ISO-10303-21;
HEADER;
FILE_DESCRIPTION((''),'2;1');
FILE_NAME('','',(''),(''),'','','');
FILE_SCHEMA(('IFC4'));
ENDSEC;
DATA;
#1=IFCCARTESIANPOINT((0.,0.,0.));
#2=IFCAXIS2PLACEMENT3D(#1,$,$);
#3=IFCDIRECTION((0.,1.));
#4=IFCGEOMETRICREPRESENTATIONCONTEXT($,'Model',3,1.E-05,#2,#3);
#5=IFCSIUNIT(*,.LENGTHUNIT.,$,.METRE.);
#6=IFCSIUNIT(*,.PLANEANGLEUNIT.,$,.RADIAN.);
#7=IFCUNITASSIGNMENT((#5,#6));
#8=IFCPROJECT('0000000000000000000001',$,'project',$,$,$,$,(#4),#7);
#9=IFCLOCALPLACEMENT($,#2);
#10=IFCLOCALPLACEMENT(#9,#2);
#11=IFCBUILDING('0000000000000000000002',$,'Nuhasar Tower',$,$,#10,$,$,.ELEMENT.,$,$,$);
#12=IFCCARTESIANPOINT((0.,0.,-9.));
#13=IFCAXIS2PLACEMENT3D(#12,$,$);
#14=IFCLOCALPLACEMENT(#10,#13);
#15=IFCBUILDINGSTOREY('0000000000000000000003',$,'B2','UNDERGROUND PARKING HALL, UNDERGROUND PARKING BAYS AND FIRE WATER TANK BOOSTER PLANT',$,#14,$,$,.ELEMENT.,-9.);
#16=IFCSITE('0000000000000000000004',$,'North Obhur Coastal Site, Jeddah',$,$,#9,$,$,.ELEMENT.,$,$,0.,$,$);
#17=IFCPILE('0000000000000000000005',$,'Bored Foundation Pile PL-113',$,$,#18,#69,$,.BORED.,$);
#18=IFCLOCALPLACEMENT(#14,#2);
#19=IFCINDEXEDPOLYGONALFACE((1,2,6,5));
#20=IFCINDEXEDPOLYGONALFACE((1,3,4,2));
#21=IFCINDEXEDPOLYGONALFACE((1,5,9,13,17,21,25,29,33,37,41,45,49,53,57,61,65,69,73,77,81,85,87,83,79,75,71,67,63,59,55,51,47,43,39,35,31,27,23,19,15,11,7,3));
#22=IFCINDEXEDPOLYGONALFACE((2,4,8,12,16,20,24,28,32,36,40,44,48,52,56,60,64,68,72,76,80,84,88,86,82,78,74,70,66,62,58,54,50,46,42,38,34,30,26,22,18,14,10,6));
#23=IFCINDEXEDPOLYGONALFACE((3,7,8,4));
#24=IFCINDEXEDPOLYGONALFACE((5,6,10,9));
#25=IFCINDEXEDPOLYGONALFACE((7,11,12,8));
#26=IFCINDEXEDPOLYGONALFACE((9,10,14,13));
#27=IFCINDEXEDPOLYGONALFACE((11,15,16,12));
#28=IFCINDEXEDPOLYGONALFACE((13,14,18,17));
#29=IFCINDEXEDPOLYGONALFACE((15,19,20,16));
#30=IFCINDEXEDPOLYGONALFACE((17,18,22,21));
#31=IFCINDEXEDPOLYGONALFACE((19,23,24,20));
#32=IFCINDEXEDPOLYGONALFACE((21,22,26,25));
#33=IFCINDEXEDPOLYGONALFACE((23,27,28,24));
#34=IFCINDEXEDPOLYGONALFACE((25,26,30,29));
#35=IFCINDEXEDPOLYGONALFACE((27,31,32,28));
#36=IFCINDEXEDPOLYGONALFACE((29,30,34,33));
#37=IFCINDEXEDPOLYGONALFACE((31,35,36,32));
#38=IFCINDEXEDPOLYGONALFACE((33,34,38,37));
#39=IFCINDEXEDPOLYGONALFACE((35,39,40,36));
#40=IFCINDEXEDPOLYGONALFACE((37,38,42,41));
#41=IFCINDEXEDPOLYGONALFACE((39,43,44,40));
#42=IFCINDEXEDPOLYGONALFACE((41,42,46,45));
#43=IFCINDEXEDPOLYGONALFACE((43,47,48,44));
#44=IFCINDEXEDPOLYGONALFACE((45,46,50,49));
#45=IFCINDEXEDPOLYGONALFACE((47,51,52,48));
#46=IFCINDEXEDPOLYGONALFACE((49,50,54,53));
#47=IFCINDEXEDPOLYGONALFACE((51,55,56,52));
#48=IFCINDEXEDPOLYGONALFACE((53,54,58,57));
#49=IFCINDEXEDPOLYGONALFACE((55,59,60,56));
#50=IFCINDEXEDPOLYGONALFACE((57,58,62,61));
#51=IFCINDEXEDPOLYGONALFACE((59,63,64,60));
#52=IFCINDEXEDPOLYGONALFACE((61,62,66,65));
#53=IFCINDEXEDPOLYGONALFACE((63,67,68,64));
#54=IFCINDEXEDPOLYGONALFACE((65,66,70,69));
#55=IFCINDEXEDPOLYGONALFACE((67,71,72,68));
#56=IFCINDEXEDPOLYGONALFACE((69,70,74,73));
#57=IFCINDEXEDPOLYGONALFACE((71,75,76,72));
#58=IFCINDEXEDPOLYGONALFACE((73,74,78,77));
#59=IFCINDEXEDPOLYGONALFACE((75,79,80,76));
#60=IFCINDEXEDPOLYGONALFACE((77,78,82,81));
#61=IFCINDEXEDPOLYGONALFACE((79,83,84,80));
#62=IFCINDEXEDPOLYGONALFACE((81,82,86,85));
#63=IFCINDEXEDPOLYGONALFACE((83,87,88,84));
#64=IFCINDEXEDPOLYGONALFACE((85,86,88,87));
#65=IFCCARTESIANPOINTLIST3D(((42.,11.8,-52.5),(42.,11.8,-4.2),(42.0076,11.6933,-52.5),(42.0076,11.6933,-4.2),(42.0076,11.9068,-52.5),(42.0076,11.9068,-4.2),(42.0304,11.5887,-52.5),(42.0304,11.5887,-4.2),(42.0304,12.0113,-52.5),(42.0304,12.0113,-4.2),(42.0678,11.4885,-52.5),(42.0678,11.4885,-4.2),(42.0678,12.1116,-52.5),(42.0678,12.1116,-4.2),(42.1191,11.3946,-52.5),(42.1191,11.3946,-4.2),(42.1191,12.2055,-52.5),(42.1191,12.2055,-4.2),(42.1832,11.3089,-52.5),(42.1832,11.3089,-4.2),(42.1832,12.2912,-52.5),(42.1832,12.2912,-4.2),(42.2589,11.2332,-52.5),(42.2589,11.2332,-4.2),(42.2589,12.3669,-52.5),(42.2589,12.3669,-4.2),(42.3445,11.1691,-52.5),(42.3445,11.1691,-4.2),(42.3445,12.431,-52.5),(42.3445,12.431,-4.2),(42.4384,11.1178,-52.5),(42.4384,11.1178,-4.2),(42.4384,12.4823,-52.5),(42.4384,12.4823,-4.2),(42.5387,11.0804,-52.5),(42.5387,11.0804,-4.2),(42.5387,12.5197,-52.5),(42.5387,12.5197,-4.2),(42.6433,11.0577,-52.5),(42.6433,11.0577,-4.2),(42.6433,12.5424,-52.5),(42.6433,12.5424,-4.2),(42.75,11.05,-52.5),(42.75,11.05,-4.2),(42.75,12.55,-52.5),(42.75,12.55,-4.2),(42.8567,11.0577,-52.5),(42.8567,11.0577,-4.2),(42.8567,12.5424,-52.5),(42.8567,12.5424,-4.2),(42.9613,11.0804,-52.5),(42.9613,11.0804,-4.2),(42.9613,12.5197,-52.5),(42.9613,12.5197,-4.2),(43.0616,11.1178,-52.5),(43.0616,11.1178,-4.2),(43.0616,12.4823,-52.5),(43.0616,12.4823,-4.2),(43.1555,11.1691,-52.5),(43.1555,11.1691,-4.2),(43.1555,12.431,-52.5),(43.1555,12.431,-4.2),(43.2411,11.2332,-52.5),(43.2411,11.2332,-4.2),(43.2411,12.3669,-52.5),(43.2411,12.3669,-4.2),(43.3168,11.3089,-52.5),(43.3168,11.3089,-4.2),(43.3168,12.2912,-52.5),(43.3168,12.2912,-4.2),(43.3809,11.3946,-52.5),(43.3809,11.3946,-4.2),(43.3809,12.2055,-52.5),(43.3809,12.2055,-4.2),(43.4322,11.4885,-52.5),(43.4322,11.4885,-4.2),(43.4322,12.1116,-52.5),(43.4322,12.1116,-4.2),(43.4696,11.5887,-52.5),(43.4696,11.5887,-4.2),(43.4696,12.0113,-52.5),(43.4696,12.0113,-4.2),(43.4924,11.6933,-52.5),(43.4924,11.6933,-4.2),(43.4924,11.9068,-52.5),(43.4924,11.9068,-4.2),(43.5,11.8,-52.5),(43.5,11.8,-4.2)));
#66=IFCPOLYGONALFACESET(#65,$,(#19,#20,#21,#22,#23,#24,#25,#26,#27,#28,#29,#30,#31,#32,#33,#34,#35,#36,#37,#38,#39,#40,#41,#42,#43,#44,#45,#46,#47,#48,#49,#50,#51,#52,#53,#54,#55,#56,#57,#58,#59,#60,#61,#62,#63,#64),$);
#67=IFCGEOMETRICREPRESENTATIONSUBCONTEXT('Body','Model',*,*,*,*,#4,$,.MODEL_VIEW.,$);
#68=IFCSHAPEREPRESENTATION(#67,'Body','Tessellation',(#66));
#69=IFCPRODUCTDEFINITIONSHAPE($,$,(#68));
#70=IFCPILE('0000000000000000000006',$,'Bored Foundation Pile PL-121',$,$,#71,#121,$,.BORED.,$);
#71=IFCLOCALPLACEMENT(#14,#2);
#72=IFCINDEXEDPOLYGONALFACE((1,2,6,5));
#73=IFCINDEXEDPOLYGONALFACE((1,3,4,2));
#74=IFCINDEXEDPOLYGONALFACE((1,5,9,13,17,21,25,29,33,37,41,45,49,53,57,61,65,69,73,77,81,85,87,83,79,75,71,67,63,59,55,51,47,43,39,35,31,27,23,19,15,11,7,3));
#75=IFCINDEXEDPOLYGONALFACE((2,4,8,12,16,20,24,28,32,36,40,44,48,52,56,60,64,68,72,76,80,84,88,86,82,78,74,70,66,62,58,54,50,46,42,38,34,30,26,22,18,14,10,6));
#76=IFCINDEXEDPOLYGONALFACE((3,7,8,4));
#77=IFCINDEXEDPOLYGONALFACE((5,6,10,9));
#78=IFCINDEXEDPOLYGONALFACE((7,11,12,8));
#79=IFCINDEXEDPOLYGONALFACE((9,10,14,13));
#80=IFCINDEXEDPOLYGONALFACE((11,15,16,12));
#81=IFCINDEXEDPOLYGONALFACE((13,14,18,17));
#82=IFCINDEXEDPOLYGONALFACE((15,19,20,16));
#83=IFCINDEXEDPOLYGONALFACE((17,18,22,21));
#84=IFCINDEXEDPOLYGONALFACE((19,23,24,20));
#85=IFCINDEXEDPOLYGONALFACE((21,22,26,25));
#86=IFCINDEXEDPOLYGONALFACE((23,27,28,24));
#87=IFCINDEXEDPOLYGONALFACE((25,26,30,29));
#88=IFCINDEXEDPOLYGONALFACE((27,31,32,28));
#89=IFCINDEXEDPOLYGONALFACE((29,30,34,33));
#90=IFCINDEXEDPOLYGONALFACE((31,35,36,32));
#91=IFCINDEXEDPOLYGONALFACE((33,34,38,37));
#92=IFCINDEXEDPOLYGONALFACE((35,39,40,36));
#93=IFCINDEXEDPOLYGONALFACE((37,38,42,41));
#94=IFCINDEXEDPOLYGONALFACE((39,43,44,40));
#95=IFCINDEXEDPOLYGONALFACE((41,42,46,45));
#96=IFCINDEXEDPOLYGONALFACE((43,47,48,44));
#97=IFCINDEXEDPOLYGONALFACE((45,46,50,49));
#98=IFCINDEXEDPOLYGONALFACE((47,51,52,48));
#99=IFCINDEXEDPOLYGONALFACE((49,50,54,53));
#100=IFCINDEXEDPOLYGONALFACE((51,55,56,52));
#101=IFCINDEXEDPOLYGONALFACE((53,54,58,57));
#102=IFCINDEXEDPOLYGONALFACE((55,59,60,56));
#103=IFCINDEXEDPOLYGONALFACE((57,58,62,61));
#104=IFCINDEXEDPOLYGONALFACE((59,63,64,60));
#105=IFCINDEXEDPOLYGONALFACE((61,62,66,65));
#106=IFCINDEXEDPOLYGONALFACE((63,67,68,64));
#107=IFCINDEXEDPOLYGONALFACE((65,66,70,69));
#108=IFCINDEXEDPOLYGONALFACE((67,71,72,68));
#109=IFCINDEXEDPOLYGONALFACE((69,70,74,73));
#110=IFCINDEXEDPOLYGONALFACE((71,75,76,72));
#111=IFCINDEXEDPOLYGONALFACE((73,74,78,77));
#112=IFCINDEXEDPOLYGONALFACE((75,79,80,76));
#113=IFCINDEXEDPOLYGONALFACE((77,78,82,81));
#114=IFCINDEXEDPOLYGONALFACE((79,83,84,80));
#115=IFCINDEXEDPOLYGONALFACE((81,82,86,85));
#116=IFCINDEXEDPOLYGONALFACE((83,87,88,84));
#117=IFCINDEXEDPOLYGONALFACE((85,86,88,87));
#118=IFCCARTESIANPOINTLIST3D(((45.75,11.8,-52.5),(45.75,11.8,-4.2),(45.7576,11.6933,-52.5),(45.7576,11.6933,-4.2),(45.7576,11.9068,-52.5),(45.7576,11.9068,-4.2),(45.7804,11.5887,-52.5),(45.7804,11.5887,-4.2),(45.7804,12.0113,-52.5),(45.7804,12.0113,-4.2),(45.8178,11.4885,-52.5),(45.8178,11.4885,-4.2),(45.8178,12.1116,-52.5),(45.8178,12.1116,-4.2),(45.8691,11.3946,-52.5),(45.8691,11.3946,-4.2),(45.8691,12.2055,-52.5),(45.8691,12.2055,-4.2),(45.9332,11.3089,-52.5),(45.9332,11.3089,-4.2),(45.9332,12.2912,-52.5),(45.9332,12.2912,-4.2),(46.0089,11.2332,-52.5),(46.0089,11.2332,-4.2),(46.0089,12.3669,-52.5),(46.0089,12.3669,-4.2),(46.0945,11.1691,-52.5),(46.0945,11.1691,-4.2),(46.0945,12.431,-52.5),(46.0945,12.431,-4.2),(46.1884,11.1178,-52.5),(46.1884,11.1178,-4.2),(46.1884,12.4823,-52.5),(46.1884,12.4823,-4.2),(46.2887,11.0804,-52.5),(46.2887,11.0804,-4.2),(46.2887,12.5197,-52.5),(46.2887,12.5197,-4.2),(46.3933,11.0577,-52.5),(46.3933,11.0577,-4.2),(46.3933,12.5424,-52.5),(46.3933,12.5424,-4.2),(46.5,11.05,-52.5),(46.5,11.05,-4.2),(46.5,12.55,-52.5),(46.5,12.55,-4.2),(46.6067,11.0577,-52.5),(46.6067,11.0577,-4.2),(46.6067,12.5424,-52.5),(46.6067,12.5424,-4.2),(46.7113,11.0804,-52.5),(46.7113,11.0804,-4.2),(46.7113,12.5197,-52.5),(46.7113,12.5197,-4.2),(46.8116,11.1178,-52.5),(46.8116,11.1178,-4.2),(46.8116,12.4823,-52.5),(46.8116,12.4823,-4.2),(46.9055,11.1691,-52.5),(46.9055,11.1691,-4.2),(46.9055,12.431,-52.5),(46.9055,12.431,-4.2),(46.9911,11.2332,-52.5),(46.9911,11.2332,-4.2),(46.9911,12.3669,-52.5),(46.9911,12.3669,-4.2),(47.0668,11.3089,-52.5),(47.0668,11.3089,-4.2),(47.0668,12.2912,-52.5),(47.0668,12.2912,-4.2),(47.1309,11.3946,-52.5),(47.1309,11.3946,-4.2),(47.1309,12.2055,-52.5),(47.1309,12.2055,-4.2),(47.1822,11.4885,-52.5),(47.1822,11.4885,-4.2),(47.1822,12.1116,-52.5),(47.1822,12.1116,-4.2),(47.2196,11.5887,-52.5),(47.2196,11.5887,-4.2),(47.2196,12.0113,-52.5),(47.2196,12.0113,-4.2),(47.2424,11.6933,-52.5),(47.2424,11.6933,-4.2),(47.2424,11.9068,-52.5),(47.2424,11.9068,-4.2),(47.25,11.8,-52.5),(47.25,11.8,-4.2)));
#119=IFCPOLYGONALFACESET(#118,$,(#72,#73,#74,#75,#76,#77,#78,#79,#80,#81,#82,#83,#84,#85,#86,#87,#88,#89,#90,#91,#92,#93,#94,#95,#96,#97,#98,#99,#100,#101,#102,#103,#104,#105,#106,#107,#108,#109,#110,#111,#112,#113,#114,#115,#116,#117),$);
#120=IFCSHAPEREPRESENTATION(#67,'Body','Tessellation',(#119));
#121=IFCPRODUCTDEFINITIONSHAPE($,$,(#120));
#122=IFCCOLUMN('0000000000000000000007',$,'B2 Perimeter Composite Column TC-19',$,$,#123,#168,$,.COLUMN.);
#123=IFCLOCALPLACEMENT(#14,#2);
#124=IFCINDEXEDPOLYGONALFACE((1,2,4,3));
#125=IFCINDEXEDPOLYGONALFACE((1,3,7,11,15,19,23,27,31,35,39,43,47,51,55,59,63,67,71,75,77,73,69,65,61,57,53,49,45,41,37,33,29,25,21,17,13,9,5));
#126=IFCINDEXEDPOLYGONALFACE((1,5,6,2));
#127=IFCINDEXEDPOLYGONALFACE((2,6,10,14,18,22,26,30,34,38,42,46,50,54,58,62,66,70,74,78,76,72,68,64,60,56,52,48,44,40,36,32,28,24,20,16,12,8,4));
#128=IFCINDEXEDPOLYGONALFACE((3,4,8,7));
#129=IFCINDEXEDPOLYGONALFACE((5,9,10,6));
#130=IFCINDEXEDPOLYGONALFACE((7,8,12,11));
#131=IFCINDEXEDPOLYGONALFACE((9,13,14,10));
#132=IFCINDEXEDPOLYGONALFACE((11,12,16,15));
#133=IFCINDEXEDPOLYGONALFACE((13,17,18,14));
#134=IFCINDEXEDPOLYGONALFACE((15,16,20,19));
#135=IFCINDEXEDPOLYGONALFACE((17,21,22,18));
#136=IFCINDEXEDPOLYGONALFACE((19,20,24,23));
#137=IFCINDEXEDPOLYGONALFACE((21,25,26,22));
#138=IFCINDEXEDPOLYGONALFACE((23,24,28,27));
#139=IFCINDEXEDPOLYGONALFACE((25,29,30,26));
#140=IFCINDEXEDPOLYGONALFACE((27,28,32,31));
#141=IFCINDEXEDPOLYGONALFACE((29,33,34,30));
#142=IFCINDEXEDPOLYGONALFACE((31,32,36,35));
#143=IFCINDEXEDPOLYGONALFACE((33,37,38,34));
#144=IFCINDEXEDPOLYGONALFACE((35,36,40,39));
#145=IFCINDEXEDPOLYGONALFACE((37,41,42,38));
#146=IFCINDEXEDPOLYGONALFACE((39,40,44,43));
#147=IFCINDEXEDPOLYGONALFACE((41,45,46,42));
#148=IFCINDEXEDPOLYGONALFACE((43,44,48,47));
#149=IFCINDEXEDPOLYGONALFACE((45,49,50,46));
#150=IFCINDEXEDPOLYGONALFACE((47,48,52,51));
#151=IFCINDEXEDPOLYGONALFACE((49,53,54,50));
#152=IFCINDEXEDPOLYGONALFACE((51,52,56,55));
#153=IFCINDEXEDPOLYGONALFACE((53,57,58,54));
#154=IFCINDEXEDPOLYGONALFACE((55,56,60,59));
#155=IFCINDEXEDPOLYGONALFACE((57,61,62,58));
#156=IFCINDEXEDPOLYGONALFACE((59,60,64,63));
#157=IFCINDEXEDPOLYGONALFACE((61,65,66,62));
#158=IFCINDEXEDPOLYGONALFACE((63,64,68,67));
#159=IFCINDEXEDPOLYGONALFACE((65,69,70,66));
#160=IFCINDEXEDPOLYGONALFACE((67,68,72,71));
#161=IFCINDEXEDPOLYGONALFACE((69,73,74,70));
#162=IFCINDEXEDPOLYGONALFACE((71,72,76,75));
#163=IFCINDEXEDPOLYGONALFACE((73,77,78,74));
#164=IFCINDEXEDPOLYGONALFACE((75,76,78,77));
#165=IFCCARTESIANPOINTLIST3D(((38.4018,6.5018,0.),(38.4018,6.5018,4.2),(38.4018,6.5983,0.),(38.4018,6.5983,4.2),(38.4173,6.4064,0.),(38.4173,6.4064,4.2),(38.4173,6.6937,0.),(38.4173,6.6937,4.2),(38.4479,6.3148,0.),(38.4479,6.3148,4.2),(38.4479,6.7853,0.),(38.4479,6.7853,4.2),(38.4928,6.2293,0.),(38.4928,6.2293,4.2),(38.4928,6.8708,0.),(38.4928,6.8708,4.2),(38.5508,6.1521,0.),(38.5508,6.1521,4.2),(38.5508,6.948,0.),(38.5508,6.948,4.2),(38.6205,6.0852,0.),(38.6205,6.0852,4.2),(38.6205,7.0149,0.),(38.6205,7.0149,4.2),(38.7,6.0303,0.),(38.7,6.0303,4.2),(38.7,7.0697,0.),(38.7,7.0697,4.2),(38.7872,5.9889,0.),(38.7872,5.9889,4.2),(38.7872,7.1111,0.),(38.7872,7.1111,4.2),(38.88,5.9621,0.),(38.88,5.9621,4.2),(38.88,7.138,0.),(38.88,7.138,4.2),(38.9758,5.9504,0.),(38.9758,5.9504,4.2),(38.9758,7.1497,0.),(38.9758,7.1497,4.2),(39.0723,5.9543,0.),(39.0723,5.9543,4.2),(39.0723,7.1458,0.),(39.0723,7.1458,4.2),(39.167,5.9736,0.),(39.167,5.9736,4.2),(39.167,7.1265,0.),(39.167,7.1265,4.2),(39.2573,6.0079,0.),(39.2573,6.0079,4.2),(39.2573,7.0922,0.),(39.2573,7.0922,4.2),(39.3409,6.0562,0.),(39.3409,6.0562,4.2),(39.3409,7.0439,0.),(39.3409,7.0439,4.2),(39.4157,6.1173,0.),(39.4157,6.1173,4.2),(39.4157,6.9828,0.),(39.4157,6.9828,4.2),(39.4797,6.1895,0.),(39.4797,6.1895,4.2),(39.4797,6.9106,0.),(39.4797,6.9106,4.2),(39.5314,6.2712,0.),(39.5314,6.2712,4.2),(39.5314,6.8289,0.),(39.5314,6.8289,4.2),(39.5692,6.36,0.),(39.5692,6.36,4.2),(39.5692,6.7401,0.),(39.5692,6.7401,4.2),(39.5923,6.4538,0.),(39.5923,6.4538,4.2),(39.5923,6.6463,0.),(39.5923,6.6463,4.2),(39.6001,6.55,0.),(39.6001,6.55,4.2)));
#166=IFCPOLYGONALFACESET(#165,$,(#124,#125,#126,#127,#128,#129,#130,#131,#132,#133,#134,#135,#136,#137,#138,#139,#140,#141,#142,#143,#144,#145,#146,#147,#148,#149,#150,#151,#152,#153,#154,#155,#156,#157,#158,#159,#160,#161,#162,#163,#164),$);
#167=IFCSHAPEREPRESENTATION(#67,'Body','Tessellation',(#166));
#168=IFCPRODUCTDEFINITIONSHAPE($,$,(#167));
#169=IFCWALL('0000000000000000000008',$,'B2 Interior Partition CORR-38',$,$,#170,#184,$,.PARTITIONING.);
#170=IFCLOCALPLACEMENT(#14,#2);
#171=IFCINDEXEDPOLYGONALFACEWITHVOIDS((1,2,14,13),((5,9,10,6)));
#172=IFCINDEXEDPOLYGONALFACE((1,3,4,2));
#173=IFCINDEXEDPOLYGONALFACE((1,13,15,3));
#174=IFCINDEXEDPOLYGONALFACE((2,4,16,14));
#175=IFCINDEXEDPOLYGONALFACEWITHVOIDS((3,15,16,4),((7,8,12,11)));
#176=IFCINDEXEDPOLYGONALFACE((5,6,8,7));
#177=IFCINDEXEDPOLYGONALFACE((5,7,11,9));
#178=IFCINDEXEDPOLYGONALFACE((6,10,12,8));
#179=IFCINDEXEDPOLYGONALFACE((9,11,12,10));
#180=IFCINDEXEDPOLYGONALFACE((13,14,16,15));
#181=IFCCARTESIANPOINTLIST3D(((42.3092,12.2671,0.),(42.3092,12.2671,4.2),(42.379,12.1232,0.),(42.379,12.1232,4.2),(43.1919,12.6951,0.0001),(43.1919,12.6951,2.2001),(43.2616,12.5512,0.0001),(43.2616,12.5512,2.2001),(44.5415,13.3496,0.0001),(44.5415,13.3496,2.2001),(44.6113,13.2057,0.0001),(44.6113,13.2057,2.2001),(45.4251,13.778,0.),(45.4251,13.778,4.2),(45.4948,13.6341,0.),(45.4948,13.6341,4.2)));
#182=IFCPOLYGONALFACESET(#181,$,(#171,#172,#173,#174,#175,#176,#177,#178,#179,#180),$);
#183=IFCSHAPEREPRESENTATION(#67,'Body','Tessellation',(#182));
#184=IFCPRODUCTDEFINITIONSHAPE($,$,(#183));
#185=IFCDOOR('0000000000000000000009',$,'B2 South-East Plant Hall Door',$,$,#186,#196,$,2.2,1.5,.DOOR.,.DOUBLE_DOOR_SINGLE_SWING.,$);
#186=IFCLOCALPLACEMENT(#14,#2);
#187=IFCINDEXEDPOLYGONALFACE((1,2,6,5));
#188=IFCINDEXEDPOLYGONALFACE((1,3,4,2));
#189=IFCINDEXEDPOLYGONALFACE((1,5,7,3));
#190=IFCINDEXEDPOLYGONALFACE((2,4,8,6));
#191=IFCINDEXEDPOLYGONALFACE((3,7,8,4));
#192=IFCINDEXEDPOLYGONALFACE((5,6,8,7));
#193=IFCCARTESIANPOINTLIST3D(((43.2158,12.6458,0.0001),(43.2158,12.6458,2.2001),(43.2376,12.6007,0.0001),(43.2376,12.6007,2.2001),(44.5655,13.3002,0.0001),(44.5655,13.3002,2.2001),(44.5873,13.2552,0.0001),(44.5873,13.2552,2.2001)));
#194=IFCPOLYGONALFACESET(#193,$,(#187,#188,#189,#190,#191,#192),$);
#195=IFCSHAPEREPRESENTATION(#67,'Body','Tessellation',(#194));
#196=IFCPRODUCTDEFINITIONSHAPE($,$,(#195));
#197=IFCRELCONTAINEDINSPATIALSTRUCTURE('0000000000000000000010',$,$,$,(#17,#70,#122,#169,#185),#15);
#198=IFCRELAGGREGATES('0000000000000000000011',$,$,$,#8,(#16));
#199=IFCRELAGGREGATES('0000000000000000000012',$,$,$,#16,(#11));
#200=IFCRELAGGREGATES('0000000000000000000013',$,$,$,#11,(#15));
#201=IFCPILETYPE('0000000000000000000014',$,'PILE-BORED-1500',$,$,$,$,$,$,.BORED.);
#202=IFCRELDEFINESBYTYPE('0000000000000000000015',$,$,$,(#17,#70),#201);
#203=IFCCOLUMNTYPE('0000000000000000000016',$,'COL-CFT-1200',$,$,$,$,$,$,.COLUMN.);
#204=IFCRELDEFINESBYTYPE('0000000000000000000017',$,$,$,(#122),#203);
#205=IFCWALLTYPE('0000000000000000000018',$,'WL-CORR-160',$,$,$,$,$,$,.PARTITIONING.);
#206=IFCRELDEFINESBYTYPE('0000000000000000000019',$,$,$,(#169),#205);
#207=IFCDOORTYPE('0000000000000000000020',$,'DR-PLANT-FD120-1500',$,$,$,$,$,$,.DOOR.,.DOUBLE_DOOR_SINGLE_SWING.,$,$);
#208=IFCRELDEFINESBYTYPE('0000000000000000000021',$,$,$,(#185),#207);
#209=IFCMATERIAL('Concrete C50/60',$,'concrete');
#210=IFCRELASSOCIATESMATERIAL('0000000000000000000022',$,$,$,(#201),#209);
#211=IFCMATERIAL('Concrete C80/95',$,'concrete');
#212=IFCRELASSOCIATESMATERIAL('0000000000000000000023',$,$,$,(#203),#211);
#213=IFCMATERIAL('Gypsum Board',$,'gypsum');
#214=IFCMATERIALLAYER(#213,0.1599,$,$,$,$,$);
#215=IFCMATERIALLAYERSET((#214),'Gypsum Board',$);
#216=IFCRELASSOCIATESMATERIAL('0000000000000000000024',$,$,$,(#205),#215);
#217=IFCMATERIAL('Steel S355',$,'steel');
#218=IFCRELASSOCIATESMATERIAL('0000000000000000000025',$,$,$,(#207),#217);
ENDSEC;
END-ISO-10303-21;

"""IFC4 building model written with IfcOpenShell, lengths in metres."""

from ifc_helpers import new_model, si_unit, direction, frame, frame_2d, origin, origin_2d, place, context, subcontext, project, spatial, rectangle, circle, extrude, material, layer, layer_set, material_profile, profile_set, type_object, element, fill, save


model = new_model("IFC4")

# Units and contexts
model_context = context("Model", 3, precision=1e-05, world=origin(), true_north=direction((0.0, 1.0)))
body_context = subcontext(model_context, "Body", "Model", "MODEL_VIEW")
ifc_project = project(units=[si_unit("LENGTHUNIT", "METRE"), si_unit("PLANEANGLEUNIT", "RADIAN")], contexts=[model_context])

# Site, building, storey
site_placement = place(None, origin())
site = spatial("IfcSite", under=ifc_project, at=site_placement, Name="North Obhur Coastal Site, Jeddah", CompositionType="ELEMENT", RefElevation=0.0)
building_placement = place(site_placement, origin())
building = spatial("IfcBuilding", under=site, at=building_placement, Name="Nuhasar Tower", CompositionType="ELEMENT")
storey_placement = place(building_placement, frame((0.0, 0.0, -9.0)))
storey = spatial("IfcBuildingStorey", under=building, at=storey_placement, Name="B2", Description="UNDERGROUND PARKING HALL, UNDERGROUND PARKING BAYS AND FIRE WATER TANK BOOSTER PLANT", CompositionType="ELEMENT", Elevation=-9.0)

# Piles
ifc_material_1 = material(Name="Concrete C50/60", Category="concrete")
ifc_material_profile_1 = material_profile(ifc_material_1, circle(Radius=0.75, at=origin_2d()), Name="PILE1500")
ifc_profile_set_1 = profile_set([ifc_material_profile_1], Name="Concrete C50/60")
pile_type = type_object("IfcPileType", Name="PILE-BORED-1500", PredefinedType="BORED", material=ifc_profile_set_1)
for number, where, z_axis, x_axis, name in (
    (1, (42.75, 11.8, -4.2), (0.0, 0.0, -1.0), (1.0, 0.0, 0.0), "Bored Foundation Pile PL-113"),
    (2, (46.5, 11.8, -4.2), (0.0, 0.0, -1.0), (1.0, 0.0, 0.0), "Bored Foundation Pile PL-121"),
):
    element("IfcPile", number, at=place(storey_placement, frame(where, z_axis=z_axis, x_axis=x_axis)), inside=storey, type_object=pile_type, Name=name, PredefinedType="BORED", context=body_context, shape_type="SweptSolid", body=[
        extrude(circle(Radius=0.75, at=origin_2d()), origin(), (0.0, 0.0, 1.0), 48.3),
    ])

# Column
ifc_material_2 = material(Name="Concrete C80/95", Category="concrete")
ifc_material_profile_2 = material_profile(ifc_material_2, circle(Radius=0.6001, at=origin_2d()), Name="CFT1200")
ifc_profile_set_2 = profile_set([ifc_material_profile_2], Name="Concrete C80/95")
column_type = type_object("IfcColumnType", Name="COL-CFT-1200", PredefinedType="COLUMN", material=ifc_profile_set_2)
column_placement = place(storey_placement, frame((39.0, 6.55, 0.0), z_axis=(0.0, 0.0, 1.0), x_axis=(1.0, 0.0, 0.0)))
element("IfcColumn", 3, at=column_placement, inside=storey, type_object=column_type, Name="B2 Perimeter Composite Column TC-19", PredefinedType="COLUMN", context=body_context, shape_type="SweptSolid", body=[
    extrude(circle(Radius=0.6001, at=origin_2d()), origin(), (0.0, 0.0, 1.0), 4.2),
])

# Wall, opening, door
ifc_material_3 = material(Name="Gypsum Board", Category="gypsum")
ifc_layer_1 = layer(ifc_material_3, 0.1599)
ifc_layer_set_1 = layer_set([ifc_layer_1], Name="Gypsum Board")
wall_type_1 = type_object("IfcWallType", Name="WL-CORR-160", PredefinedType="PARTITIONING", material=ifc_layer_set_1)
wall_1_placement = place(storey_placement, frame((45.46, 13.7061, 0.0), z_axis=(0.0, 0.0, 1.0), x_axis=(-0.89979, -0.436324, 0.0)))
wall_1 = element("IfcWall", 4, at=wall_1_placement, inside=storey, type_object=wall_type_1, Name="B2 Interior Partition CORR-38", PredefinedType="PARTITIONING", context=body_context, shape_type="SweptSolid", body=[
    extrude(rectangle(XDim=3.4629, YDim=0.1599, at=frame_2d((1.7314, 0.0))), origin(), (0.0, 0.0, 1.0), 4.2),
])
opening_1_placement = place(wall_1_placement, frame((0.9819, 0.0, 0.0)))
opening_1 = element("IfcOpeningElement", 5, at=opening_1_placement, cuts=wall_1, PredefinedType="OPENING", context=body_context, shape_type="SweptSolid", body=[
    extrude(rectangle(XDim=1.5, YDim=2.2, at=frame_2d((0.75, 1.1001))), frame((0.0, 0.0898, 0.0), z_axis=(0.0, -1.0, 0.0), x_axis=(1.0, 0.0, 0.0)), (0.0, 0.0, 1.0), 0.1799),
])
ifc_material_4 = material(Name="Steel S355", Category="steel")
door_type_1 = type_object("IfcDoorType", Name="DR-PLANT-FD120-1500", OperationType="DOUBLE_DOOR_SINGLE_SWING", PredefinedType="DOOR", material=ifc_material_4)
door_1_placement = place(opening_1_placement, origin())
door_1 = element("IfcDoor", 6, at=door_1_placement, inside=storey, type_object=door_type_1, Name="B2 South-East Plant Hall Door", OperationType="DOUBLE_DOOR_SINGLE_SWING", OverallHeight=2.2, OverallWidth=1.5, PredefinedType="DOOR", context=body_context, shape_type="SweptSolid", body=[
    extrude(rectangle(XDim=1.5, YDim=2.2, at=frame_2d((0.75, 1.1001))), frame((0.0, 0.0249, 0.0), z_axis=(0.0, -1.0, 0.0), x_axis=(1.0, 0.0, 0.0)), (0.0, 0.0, 1.0), 0.05),
])
fill(opening_1, door_1)

save(model, "model.ifc")
